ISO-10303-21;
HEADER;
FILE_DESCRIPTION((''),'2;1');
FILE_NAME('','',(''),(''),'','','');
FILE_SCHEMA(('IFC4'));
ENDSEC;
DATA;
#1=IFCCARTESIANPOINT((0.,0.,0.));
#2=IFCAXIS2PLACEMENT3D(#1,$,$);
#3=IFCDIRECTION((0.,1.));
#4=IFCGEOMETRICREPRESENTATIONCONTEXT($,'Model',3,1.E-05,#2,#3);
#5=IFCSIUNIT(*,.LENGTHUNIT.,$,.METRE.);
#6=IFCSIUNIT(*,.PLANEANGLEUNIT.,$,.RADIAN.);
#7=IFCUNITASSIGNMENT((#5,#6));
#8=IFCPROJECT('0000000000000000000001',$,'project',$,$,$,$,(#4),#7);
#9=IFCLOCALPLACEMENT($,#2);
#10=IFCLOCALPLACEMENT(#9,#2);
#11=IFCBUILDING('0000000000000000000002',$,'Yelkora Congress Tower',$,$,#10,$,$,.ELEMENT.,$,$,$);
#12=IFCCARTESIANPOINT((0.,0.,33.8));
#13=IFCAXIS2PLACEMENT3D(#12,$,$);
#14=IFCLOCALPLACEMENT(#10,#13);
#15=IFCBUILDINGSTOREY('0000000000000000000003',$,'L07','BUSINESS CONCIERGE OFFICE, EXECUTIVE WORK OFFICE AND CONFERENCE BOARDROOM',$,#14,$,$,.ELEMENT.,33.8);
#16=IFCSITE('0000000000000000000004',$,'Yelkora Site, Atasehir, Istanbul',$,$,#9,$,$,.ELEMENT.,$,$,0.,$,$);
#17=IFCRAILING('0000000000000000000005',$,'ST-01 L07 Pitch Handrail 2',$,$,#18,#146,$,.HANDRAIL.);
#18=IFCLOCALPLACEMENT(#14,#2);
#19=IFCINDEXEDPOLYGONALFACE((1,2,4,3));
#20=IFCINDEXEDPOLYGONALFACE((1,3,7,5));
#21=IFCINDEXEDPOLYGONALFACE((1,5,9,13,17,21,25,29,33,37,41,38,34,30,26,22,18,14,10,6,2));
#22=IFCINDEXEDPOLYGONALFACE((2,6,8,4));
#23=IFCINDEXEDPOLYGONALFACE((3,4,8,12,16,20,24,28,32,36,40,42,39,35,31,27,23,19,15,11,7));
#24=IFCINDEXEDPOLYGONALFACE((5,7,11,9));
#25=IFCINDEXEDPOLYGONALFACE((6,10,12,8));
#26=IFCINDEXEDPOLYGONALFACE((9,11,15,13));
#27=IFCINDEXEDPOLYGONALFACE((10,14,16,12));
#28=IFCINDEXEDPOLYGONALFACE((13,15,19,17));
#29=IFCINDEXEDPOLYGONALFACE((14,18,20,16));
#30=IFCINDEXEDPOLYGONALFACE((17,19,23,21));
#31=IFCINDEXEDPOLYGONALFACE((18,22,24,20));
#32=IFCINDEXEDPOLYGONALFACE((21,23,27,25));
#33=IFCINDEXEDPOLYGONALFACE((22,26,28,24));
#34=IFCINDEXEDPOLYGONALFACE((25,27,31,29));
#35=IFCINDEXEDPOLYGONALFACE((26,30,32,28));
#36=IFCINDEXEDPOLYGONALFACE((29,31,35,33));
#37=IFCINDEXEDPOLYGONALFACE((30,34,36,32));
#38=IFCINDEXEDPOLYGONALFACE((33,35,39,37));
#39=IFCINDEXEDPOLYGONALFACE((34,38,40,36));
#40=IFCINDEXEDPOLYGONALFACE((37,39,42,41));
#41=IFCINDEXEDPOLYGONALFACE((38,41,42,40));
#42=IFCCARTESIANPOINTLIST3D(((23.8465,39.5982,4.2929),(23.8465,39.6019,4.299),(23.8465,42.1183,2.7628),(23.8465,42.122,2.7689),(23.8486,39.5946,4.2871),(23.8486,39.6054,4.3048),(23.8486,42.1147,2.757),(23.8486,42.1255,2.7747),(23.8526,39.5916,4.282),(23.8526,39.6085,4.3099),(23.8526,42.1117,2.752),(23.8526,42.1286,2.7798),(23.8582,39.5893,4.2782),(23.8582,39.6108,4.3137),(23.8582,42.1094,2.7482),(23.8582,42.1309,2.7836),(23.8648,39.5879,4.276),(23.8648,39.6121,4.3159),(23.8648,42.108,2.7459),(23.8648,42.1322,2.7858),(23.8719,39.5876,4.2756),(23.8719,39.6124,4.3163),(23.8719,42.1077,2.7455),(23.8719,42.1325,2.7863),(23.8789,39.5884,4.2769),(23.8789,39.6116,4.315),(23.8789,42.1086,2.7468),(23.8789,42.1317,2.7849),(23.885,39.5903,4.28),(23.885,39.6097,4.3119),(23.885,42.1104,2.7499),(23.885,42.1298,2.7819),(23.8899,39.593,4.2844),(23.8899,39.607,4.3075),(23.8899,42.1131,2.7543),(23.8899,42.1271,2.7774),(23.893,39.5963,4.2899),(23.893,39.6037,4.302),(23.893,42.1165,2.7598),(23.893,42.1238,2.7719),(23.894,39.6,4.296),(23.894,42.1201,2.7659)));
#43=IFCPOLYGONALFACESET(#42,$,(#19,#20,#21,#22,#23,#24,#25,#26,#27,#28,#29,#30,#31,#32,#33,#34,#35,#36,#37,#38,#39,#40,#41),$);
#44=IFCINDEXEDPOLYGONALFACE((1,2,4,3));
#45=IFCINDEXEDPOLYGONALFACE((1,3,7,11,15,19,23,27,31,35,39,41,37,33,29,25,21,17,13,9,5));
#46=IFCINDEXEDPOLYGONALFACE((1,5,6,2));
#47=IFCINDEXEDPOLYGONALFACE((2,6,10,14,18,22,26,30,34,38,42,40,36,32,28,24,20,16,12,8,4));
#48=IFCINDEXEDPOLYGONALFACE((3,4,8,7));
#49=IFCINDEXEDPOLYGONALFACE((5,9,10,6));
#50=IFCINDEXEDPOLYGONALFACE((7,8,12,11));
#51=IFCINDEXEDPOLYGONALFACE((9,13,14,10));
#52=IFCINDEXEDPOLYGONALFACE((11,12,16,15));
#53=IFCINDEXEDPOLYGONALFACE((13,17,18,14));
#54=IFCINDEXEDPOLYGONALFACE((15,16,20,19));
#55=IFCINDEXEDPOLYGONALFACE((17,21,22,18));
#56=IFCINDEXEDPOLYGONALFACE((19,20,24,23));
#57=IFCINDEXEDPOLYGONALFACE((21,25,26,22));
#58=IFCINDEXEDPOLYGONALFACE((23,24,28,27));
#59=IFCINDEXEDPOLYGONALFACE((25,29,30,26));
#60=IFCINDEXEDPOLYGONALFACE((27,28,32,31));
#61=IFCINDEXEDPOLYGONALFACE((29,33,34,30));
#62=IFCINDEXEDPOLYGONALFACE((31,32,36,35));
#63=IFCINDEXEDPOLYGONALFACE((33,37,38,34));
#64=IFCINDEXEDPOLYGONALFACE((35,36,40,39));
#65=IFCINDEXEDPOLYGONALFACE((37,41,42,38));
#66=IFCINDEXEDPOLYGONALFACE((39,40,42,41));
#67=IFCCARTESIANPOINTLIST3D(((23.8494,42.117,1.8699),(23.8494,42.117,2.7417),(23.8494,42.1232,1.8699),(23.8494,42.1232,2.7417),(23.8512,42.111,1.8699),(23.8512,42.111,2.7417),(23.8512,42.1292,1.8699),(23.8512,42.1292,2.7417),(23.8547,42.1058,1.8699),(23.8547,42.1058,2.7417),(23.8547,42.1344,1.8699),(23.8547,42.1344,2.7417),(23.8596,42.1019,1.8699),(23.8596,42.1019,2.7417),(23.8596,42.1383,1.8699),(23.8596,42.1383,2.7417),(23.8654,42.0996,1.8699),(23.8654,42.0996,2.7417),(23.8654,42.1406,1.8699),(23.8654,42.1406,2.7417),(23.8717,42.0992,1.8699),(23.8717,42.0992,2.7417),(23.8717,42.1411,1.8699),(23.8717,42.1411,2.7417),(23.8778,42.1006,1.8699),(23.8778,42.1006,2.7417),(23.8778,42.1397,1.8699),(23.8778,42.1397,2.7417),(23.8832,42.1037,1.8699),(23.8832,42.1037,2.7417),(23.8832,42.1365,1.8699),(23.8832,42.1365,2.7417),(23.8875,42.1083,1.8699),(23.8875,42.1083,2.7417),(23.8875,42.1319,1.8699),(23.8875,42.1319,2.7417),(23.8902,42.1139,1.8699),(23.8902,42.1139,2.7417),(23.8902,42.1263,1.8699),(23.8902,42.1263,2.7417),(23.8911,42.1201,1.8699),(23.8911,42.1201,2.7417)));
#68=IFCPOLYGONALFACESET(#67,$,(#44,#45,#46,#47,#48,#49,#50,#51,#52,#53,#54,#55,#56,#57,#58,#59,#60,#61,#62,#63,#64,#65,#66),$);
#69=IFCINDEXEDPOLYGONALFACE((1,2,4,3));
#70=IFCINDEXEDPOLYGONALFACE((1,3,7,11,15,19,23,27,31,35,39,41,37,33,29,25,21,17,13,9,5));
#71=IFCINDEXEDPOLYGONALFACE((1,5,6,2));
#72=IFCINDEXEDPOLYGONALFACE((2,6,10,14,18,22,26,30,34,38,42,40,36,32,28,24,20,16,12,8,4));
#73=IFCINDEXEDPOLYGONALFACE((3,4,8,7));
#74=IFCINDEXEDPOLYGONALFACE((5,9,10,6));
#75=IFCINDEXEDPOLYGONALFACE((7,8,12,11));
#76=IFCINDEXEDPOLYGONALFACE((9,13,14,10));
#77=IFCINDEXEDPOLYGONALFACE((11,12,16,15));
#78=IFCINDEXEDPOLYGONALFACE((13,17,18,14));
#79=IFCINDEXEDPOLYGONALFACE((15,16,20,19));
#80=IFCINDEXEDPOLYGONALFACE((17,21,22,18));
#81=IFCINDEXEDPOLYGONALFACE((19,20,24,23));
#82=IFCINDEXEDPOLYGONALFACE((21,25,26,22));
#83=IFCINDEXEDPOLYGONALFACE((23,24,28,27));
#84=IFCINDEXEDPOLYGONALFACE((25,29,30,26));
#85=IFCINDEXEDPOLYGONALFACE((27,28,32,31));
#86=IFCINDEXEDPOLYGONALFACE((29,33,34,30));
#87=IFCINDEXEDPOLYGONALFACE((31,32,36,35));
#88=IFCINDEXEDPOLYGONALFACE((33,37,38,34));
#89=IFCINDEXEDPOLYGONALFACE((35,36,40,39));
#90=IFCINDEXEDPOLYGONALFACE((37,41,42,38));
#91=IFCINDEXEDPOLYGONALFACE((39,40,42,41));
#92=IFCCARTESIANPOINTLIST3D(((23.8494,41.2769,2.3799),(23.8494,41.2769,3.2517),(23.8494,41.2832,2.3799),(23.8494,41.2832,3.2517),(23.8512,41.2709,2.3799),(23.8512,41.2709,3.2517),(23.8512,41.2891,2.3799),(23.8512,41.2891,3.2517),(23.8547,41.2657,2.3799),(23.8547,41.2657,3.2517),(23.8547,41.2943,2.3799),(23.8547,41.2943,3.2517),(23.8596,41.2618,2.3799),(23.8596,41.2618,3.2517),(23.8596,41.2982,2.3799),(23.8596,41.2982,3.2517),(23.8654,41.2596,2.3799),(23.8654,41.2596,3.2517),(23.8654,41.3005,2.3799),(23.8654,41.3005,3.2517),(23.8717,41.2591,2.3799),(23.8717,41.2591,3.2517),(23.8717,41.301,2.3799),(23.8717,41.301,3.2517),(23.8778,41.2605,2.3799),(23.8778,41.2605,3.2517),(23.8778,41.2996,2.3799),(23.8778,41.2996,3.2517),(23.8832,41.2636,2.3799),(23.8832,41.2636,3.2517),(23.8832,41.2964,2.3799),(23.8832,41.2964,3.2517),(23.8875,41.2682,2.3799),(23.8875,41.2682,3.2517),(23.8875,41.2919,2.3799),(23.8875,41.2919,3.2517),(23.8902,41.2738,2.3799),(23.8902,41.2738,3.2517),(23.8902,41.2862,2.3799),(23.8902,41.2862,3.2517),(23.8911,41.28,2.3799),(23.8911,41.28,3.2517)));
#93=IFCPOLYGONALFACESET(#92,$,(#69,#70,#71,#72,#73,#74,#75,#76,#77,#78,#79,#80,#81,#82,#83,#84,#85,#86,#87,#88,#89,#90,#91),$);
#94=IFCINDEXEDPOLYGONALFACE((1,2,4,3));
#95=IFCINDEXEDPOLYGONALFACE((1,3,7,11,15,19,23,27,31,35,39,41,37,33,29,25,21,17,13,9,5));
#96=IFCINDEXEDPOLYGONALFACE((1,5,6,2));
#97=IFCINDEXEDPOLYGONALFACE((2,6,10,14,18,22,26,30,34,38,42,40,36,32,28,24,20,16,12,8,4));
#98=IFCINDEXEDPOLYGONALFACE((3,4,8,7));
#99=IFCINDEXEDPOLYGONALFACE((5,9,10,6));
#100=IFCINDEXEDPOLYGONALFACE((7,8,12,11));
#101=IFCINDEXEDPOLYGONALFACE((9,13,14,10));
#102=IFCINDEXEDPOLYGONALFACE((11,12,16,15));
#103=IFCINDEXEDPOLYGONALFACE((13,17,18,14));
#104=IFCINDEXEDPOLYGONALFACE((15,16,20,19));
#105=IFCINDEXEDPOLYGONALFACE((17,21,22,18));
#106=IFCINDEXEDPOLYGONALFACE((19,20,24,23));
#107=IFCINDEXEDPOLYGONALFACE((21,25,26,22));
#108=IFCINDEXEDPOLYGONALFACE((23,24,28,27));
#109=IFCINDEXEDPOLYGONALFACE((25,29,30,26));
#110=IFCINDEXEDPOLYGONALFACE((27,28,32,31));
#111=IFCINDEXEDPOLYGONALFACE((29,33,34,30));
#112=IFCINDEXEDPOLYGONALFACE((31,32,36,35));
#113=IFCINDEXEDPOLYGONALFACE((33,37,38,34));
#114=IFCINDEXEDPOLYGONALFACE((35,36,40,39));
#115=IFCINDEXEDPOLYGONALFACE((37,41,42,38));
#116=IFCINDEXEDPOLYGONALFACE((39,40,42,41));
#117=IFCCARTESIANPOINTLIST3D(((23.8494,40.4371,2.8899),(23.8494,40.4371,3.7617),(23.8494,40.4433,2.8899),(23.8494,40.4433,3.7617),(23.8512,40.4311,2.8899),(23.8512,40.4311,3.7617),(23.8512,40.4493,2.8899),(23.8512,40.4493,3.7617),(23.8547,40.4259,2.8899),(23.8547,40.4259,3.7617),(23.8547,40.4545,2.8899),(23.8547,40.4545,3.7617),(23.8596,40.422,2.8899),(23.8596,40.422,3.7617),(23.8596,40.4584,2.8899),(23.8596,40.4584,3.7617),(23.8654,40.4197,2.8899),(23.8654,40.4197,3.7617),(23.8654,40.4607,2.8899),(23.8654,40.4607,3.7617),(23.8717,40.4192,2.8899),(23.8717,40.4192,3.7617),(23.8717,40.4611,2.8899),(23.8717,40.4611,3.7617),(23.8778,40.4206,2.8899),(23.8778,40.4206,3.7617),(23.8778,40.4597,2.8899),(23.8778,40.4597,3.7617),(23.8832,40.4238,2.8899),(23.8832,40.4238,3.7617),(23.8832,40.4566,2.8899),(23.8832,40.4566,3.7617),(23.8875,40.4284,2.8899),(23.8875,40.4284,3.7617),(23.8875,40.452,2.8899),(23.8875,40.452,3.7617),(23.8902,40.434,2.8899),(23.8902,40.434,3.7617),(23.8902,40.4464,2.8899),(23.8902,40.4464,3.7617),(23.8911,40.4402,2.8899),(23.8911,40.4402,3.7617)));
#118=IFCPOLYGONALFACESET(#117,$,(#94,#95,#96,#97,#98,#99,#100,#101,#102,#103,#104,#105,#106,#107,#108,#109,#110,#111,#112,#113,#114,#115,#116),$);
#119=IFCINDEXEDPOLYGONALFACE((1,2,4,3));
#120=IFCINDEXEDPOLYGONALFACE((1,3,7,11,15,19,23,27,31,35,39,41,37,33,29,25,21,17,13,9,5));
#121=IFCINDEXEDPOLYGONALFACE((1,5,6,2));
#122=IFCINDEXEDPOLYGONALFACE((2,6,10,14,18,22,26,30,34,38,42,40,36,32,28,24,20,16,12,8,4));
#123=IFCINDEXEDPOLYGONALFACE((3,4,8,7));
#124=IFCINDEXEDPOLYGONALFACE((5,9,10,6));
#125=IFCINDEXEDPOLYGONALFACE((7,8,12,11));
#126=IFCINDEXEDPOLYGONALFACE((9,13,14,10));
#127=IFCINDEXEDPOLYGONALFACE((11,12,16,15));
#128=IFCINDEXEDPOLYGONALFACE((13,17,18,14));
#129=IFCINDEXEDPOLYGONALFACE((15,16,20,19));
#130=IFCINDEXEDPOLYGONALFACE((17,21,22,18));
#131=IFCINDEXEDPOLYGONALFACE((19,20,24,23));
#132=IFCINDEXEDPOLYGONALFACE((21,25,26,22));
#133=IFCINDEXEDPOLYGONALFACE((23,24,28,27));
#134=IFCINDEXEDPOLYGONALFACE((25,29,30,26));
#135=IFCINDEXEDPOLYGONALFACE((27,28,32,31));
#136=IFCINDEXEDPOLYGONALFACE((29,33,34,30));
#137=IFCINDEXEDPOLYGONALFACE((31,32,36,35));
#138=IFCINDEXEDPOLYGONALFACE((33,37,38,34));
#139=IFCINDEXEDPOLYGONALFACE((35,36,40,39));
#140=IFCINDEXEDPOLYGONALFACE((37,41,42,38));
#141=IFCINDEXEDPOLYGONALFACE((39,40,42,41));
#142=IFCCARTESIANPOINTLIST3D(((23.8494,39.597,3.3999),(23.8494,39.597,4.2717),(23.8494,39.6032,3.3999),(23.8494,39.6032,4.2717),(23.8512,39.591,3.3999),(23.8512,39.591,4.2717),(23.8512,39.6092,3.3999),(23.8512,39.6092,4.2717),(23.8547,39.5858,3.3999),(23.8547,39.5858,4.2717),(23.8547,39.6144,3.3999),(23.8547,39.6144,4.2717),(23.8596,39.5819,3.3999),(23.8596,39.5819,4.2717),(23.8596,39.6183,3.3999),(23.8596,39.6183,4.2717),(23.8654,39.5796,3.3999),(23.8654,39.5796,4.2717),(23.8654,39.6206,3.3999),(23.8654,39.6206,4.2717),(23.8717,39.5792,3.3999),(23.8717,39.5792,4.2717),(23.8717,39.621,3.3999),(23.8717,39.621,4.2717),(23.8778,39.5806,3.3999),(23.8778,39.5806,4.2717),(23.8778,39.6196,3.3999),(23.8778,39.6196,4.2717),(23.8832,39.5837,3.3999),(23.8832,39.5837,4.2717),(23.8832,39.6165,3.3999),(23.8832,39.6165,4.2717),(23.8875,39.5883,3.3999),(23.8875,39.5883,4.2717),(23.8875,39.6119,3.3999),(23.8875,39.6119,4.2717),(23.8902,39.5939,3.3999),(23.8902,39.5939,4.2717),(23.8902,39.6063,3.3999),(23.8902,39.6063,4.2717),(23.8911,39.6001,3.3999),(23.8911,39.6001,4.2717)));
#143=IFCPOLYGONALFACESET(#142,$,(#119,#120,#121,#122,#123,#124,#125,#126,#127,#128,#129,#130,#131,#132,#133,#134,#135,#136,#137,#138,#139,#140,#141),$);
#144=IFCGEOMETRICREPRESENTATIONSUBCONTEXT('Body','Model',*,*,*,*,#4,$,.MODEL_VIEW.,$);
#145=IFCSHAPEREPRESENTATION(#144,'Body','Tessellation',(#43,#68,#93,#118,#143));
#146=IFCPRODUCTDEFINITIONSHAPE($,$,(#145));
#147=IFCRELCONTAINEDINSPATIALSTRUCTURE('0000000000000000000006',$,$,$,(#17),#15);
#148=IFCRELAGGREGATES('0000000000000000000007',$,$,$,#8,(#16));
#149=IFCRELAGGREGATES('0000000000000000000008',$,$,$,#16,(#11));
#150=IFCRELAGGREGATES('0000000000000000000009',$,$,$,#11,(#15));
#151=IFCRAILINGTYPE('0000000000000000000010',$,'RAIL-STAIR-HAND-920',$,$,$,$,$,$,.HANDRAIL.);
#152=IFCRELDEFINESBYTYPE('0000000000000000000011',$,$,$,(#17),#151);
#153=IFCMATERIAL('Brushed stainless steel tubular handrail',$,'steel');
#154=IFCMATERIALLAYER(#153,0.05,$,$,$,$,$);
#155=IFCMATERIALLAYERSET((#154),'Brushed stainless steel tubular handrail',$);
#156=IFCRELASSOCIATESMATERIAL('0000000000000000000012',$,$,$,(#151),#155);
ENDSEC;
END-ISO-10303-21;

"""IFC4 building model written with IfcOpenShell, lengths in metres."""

from ifc_helpers import new_model, si_unit, direction, frame, origin, origin_2d, place, context, subcontext, project, spatial, circle, extrude, material, layer, layer_set, type_object, element, save


model = new_model("IFC4")

# Units and contexts
model_context = context("Model", 3, precision=1e-05, world=origin(), true_north=direction((0.0, 1.0)))
body_context = subcontext(model_context, "Body", "Model", "MODEL_VIEW")
ifc_project = project(units=[si_unit("LENGTHUNIT", "METRE"), si_unit("PLANEANGLEUNIT", "RADIAN")], contexts=[model_context])

# Site, building, storey
site_placement = place(None, origin())
site = spatial("IfcSite", under=ifc_project, at=site_placement, Name="Yelkora Site, Atasehir, Istanbul", CompositionType="ELEMENT", RefElevation=0.0)
building_placement = place(site_placement, origin())
building = spatial("IfcBuilding", under=site, at=building_placement, Name="Yelkora Congress Tower", CompositionType="ELEMENT")
storey_placement = place(building_placement, frame((0.0, 0.0, 33.8)))
storey = spatial("IfcBuildingStorey", under=building, at=storey_placement, Name="L07", Description="BUSINESS CONCIERGE OFFICE, EXECUTIVE WORK OFFICE AND CONFERENCE BOARDROOM", CompositionType="ELEMENT", Elevation=33.8)

# Railing
ifc_material_1 = material(Name="Brushed stainless steel tubular handrail", Category="steel")
ifc_layer_1 = layer(ifc_material_1, 0.05)
ifc_layer_set_1 = layer_set([ifc_layer_1], Name="Brushed stainless steel tubular handrail")
railing_type_1 = type_object("IfcRailingType", Name="RAIL-STAIR-HAND-920", PredefinedType="HANDRAIL", material=ifc_layer_set_1)
railing_1_placement = place(storey_placement, frame((23.8701, 42.1201, 1.8699)))
element("IfcRailing", 1, at=railing_1_placement, inside=storey, type_object=railing_type_1, Name="ST-01 L07 Pitch Handrail 2", PredefinedType="HANDRAIL", context=body_context, shape_type="SweptSolid", body=[
    extrude(circle(Radius=0.0239, at=origin_2d()), frame((0.0, 0.0, 0.896), z_axis=(0.0, -0.854785, 0.518982), x_axis=(1.0, 0.0, 0.0)), (0.0, 0.0, 1.0), 2.9482),
    extrude(circle(Radius=0.021, at=origin_2d()), origin(), (0.0, 0.0, 1.0), 0.8718),
    extrude(circle(Radius=0.021, at=origin_2d()), frame((0.0, -0.8401, 0.51)), (0.0, 0.0, 1.0), 0.8718),
    extrude(circle(Radius=0.021, at=origin_2d()), frame((0.0, -1.6799, 1.02)), (0.0, 0.0, 1.0), 0.8718),
    extrude(circle(Radius=0.021, at=origin_2d()), frame((0.0, -2.52, 1.53)), (0.0, 0.0, 1.0), 0.8718),
])

save(model, "model.ifc")
